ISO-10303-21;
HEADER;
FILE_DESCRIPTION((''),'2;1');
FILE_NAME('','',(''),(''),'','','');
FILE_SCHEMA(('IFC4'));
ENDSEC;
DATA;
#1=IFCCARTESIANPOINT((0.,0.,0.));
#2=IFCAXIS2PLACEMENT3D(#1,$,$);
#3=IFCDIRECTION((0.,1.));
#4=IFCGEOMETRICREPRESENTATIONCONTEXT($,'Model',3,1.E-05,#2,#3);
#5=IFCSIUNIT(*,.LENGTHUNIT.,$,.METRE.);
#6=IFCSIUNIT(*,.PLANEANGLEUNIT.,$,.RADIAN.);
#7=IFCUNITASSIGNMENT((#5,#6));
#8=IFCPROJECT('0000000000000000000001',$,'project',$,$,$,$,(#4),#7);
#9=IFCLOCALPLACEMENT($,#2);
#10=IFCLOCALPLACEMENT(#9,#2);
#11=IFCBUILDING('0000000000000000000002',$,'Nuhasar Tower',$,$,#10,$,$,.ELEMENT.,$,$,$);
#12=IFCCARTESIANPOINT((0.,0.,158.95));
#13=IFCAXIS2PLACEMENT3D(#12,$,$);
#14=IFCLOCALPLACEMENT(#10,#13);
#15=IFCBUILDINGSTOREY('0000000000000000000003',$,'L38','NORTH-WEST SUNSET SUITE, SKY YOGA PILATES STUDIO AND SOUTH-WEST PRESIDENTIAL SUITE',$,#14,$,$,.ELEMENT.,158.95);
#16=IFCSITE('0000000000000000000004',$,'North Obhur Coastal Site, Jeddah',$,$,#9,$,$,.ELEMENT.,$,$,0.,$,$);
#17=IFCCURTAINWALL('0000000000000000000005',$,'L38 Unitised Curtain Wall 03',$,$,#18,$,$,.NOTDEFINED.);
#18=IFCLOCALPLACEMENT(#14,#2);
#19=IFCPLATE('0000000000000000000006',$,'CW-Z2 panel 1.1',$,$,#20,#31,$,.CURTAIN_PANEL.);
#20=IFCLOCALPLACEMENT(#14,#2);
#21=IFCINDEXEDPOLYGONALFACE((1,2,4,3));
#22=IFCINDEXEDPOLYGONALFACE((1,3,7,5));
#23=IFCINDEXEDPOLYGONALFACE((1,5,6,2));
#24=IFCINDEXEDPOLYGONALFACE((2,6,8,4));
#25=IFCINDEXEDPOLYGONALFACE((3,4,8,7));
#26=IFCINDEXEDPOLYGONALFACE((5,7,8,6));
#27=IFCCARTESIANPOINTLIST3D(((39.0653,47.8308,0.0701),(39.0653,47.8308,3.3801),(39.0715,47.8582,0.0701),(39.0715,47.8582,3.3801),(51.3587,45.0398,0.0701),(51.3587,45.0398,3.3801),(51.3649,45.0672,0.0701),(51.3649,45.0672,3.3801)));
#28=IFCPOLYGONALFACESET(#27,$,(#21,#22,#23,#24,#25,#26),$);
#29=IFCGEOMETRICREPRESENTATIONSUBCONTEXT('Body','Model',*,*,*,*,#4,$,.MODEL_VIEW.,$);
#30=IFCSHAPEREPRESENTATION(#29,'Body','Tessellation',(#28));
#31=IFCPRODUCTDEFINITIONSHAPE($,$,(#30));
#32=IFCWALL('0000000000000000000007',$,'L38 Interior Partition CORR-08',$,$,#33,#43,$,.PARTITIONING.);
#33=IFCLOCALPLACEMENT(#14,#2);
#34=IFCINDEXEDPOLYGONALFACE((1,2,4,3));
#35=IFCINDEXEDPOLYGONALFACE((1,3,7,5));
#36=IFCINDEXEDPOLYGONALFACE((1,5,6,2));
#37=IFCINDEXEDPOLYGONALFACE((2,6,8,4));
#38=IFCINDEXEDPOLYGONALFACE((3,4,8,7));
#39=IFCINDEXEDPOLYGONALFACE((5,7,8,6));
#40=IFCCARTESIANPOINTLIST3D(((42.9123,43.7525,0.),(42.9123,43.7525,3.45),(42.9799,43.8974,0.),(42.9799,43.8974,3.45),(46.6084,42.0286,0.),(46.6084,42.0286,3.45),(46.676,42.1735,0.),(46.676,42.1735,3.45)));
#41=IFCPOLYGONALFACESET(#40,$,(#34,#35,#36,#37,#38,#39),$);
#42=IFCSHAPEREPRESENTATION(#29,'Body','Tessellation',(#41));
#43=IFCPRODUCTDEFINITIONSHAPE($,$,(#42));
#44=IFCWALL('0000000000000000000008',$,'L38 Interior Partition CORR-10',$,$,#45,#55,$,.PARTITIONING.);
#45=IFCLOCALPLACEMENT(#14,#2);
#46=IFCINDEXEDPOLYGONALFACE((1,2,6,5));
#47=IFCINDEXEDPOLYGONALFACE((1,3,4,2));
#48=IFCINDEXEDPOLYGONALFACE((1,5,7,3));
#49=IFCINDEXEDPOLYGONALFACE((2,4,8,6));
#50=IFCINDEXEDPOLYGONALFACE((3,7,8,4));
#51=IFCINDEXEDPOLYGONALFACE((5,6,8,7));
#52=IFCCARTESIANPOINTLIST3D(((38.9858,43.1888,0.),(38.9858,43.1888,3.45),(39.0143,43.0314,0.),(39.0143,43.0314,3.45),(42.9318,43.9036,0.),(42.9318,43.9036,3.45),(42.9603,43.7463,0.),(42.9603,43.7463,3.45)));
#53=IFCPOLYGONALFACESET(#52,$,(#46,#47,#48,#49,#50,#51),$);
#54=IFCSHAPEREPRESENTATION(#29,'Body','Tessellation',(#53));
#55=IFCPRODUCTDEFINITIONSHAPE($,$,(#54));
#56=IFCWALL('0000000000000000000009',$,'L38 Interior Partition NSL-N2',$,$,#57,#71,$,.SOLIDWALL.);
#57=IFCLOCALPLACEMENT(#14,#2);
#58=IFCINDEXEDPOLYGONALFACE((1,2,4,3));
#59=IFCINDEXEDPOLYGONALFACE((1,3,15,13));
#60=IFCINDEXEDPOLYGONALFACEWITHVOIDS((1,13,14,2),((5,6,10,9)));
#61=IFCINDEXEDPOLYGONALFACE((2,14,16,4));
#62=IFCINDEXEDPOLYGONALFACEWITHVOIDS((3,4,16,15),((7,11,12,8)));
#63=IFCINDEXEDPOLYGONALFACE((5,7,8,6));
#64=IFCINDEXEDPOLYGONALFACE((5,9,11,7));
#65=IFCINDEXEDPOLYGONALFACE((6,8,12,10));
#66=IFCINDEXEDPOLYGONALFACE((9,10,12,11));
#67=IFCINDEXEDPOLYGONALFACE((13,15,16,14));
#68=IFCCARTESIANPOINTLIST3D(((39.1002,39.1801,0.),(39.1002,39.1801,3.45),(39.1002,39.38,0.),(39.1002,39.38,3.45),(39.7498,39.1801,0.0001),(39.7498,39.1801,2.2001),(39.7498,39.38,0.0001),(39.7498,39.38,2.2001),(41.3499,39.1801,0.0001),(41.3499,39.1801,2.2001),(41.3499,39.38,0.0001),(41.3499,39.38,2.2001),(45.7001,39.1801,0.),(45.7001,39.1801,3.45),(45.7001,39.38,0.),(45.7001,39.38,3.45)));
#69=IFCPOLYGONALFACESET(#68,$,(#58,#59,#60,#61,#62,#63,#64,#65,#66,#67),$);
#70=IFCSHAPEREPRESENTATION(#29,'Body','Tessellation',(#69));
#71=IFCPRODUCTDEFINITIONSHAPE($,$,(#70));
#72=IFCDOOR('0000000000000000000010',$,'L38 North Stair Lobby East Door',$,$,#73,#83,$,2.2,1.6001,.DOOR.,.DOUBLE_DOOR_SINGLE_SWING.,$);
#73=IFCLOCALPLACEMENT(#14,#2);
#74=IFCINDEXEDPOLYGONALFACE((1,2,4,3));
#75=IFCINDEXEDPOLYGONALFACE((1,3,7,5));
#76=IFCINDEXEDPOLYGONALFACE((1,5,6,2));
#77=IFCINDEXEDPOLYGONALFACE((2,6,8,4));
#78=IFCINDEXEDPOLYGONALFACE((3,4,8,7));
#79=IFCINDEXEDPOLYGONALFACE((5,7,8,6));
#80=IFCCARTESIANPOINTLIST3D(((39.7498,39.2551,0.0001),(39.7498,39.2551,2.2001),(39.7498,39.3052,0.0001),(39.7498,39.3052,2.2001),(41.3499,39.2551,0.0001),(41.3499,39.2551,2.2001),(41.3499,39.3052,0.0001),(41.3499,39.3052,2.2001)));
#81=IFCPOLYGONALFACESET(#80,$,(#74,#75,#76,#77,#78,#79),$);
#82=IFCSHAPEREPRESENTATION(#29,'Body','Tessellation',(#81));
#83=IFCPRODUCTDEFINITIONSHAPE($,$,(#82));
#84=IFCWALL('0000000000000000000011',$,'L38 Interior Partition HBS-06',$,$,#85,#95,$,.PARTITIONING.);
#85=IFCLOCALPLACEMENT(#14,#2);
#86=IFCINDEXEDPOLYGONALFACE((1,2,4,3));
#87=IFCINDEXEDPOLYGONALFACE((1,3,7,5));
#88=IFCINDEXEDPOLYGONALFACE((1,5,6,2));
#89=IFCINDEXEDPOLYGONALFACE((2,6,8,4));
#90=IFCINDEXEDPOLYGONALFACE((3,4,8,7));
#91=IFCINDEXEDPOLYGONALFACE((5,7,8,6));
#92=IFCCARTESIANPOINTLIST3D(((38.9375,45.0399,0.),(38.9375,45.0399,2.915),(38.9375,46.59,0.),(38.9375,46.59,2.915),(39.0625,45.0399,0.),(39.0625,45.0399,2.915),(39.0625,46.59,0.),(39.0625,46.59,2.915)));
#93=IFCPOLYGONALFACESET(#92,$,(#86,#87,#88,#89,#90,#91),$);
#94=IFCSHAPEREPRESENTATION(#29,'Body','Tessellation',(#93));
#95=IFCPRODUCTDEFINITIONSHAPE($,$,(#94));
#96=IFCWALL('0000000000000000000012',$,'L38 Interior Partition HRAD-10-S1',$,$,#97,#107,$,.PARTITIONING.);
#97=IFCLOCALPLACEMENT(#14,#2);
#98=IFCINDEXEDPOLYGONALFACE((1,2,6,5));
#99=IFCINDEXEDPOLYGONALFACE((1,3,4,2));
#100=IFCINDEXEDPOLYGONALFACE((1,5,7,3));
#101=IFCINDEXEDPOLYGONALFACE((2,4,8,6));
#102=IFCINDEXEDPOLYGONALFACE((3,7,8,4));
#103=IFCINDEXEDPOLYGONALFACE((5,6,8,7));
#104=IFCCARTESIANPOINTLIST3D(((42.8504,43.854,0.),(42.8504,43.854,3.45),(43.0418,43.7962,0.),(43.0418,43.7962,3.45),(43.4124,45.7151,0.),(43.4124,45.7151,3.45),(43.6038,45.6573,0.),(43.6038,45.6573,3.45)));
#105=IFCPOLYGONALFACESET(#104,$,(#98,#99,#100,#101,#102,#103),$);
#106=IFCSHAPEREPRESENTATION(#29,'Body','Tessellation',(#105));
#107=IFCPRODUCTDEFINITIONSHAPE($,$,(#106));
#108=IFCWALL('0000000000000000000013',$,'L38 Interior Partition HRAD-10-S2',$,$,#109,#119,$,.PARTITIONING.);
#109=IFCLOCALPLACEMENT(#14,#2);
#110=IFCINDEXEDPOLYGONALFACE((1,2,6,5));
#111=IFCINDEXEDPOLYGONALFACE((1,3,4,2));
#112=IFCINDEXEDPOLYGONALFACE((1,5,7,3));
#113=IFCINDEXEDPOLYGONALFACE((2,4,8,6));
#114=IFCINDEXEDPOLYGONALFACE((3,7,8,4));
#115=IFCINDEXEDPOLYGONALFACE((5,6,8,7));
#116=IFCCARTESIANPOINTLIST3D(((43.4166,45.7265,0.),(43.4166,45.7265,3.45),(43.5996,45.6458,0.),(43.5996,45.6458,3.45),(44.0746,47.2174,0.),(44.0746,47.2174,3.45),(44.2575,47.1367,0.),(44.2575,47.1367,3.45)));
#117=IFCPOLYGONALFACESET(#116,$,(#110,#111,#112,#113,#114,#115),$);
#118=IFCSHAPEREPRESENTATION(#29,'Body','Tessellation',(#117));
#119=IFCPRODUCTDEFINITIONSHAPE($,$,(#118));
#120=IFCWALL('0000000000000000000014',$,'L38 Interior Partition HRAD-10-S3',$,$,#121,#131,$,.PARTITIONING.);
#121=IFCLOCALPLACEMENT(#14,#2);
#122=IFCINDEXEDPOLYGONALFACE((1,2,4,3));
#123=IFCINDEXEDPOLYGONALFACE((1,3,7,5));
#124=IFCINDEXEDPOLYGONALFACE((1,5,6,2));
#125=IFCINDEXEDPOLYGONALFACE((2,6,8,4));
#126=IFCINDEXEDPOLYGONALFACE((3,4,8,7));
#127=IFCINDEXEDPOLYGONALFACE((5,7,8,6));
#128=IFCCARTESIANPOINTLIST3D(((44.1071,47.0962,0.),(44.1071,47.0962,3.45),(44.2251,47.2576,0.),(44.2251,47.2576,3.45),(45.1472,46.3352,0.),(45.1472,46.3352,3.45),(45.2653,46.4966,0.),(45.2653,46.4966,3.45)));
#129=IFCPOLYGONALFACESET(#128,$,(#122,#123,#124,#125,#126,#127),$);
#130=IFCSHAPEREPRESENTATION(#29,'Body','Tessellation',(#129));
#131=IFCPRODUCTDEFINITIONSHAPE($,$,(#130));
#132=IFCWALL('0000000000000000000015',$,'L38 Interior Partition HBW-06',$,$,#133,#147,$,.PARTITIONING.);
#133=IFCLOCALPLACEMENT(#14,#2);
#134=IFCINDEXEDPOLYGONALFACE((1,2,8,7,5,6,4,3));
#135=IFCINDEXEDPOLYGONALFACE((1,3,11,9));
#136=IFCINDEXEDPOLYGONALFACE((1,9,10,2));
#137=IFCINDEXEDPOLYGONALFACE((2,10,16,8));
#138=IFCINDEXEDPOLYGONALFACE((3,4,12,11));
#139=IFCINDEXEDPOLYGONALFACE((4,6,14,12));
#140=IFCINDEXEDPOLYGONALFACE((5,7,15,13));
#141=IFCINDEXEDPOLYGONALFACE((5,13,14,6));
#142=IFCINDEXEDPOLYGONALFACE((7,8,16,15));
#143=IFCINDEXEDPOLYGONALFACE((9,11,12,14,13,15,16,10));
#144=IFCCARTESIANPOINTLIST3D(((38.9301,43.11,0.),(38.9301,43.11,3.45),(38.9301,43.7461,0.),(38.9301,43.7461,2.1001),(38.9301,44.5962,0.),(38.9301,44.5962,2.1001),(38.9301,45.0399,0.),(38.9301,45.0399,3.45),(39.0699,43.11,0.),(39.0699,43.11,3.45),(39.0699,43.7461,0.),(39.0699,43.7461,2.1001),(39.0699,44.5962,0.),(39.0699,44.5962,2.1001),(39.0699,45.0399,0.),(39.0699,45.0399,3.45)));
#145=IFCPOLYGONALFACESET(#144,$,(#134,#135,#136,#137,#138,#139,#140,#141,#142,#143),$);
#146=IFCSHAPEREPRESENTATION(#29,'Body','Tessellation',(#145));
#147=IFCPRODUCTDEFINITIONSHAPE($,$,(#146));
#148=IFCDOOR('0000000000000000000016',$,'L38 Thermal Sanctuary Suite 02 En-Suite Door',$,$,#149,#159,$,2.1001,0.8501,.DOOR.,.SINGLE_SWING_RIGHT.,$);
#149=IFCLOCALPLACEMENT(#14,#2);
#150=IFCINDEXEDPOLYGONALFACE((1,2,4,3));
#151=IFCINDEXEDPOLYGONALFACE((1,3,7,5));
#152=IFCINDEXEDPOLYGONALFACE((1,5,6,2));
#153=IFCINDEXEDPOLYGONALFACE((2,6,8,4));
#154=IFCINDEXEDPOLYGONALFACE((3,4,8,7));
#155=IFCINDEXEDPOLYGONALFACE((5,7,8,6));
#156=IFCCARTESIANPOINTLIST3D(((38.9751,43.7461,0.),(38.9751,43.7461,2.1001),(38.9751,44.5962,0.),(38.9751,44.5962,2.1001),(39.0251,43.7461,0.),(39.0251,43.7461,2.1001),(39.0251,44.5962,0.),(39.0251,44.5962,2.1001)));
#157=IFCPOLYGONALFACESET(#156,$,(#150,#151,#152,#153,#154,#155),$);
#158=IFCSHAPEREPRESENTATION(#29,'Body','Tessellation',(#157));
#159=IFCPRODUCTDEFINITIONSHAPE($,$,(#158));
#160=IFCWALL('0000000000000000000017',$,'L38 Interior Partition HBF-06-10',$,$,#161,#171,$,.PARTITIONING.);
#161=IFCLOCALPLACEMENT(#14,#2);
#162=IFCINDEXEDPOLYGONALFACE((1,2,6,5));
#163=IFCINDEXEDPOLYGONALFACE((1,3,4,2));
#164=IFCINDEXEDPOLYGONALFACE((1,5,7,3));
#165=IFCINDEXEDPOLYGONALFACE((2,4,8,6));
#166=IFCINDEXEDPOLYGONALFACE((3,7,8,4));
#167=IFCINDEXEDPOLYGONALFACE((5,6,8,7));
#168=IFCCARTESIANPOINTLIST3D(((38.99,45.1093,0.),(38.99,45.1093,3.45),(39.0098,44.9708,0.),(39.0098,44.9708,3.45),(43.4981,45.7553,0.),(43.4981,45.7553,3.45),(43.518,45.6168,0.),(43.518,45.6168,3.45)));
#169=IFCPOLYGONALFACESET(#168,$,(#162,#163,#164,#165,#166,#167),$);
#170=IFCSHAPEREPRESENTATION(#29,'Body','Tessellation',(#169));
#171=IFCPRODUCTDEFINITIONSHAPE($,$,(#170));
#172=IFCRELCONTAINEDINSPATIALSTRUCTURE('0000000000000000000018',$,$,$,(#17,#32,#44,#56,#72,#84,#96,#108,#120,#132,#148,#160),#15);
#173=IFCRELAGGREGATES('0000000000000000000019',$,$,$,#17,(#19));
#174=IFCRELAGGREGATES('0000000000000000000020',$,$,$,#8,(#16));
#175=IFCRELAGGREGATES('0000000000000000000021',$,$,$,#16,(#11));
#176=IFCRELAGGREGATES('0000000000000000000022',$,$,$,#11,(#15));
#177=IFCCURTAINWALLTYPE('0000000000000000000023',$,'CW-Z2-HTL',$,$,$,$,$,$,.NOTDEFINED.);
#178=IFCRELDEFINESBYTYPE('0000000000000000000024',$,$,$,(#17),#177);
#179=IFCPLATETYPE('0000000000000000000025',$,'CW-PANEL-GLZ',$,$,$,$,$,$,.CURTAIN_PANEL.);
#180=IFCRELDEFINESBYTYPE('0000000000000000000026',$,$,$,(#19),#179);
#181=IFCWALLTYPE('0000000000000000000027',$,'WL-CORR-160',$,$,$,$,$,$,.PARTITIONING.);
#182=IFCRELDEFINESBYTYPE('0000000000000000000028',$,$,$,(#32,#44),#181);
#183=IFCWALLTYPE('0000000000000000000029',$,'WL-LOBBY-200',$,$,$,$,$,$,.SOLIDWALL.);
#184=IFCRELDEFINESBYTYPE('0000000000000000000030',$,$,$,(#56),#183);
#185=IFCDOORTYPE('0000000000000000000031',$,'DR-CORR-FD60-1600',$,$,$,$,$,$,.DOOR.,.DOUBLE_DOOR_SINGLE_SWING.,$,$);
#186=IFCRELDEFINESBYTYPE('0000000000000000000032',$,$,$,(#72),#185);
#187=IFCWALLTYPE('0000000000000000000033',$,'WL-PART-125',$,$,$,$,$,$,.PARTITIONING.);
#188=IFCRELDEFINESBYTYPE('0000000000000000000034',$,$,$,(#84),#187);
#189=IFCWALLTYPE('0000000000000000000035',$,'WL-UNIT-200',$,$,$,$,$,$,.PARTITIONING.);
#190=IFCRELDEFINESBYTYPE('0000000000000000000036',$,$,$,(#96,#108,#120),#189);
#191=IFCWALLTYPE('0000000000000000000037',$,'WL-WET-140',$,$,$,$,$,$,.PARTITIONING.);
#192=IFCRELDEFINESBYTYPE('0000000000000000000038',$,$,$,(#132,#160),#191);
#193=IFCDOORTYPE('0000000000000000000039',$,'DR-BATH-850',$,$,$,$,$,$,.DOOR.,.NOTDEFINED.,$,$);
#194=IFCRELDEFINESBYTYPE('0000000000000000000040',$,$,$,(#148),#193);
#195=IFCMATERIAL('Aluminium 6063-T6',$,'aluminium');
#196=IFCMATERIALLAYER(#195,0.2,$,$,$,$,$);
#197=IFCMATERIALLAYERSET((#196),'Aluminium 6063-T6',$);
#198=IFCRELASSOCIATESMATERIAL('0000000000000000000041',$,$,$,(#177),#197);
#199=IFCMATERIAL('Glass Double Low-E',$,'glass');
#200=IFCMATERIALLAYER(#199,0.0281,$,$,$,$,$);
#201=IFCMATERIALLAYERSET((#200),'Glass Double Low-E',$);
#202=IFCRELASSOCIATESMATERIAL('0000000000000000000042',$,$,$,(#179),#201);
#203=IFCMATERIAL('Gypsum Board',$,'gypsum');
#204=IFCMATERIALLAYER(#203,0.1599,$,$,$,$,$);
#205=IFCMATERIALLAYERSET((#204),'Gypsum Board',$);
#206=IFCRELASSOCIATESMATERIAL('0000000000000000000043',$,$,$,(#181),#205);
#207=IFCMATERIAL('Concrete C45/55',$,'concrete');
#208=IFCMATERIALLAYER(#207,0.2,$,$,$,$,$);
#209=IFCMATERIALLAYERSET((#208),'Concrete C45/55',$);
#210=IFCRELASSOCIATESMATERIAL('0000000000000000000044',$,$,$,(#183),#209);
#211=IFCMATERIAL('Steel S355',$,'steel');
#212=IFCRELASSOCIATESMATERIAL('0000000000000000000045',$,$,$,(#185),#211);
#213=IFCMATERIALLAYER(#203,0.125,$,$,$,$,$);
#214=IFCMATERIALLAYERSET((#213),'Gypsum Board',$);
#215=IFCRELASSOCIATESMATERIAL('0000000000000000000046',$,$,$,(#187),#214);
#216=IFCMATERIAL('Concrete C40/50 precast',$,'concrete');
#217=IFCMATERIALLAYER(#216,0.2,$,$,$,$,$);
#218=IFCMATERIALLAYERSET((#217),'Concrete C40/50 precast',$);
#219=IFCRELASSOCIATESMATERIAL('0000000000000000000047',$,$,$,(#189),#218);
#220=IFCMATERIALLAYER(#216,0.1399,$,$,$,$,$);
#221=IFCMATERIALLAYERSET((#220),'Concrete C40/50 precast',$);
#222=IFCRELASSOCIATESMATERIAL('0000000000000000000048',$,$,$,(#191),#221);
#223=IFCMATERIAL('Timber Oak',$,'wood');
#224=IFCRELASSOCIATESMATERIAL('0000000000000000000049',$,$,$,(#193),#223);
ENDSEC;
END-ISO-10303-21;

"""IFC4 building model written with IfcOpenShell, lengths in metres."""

from ifc_helpers import new_model, si_unit, direction, frame, frame_2d, origin, origin_2d, place, context, subcontext, project, spatial, rectangle, extrude, material, layer, layer_set, type_object, element, fill, aggregate, save


model = new_model("IFC4")

# Units and contexts
model_context = context("Model", 3, precision=1e-05, world=origin(), true_north=direction((0.0, 1.0)))
body_context = subcontext(model_context, "Body", "Model", "MODEL_VIEW")
ifc_project = project(units=[si_unit("LENGTHUNIT", "METRE"), si_unit("PLANEANGLEUNIT", "RADIAN")], contexts=[model_context])

# Site, building, storey
site_placement = place(None, origin())
site = spatial("IfcSite", under=ifc_project, at=site_placement, Name="North Obhur Coastal Site, Jeddah", CompositionType="ELEMENT", RefElevation=0.0)
building_placement = place(site_placement, origin())
building = spatial("IfcBuilding", under=site, at=building_placement, Name="Nuhasar Tower", CompositionType="ELEMENT")
storey_placement = place(building_placement, frame((0.0, 0.0, 158.95)))
storey = spatial("IfcBuildingStorey", under=building, at=storey_placement, Name="L38", Description="NORTH-WEST SUNSET SUITE, SKY YOGA PILATES STUDIO AND SOUTH-WEST PRESIDENTIAL SUITE", CompositionType="ELEMENT", Elevation=158.95)

# Shared definitions
ifc_material_1 = material(Name="Steel S355", Category="steel")

# Curtain wall
ifc_material_2 = material(Name="Aluminium 6063-T6", Category="aluminium")
ifc_layer_1 = layer(ifc_material_2, 0.2)
ifc_layer_set_1 = layer_set([ifc_layer_1], Name="Aluminium 6063-T6")
curtain_wall_type = type_object("IfcCurtainWallType", Name="CW-Z2-HTL", PredefinedType="NOTDEFINED", material=ifc_layer_set_1)
curtain_wall_1_placement = place(storey_placement, origin())
curtain_wall_1 = element("IfcCurtainWall", 1, at=curtain_wall_1_placement, inside=storey, type_object=curtain_wall_type, Name="L38 Unitised Curtain Wall 03", PredefinedType="NOTDEFINED")

# Plate
ifc_material_3 = material(Name="Glass Double Low-E", Category="glass")
ifc_layer_2 = layer(ifc_material_3, 0.0281)
ifc_layer_set_2 = layer_set([ifc_layer_2], Name="Glass Double Low-E")
plate_type = type_object("IfcPlateType", Name="CW-PANEL-GLZ", PredefinedType="CURTAIN_PANEL", material=ifc_layer_set_2)
plate_placement = place(storey_placement, frame((45.2151, 46.449, 0.0701), z_axis=(0.0, 0.0, 1.0), x_axis=(-0.975184, 0.221397, 0.0)))
plate = element("IfcPlate", 2, at=plate_placement, type_object=plate_type, Name="CW-Z2 panel 1.1", PredefinedType="CURTAIN_PANEL", context=body_context, shape_type="SweptSolid", body=[
    extrude(rectangle(XDim=12.6062, YDim=0.0281, at=origin_2d()), origin(), (0.0, 0.0, 1.0), 3.3101),
])
aggregate(curtain_wall_1, [plate])

# Shared definitions
ifc_material_4 = material(Name="Gypsum Board", Category="gypsum")
ifc_layer_3 = layer(ifc_material_4, 0.1599)
ifc_layer_set_3 = layer_set([ifc_layer_3], Name="Gypsum Board")
wall_type_1 = type_object("IfcWallType", Name="WL-CORR-160", PredefinedType="PARTITIONING", material=ifc_layer_set_3)
ifc_material_5 = material(Name="Timber Oak", Category="wood")

# Walls
wall_1_placement = place(storey_placement, frame((46.6421, 42.1011, 0.0), z_axis=(0.0, 0.0, 1.0), x_axis=(-0.906272, 0.422695, 0.0)))
element("IfcWall", 3, at=wall_1_placement, inside=storey, type_object=wall_type_1, Name="L38 Interior Partition CORR-08", PredefinedType="PARTITIONING", context=body_context, shape_type="SweptSolid", body=[
    extrude(rectangle(XDim=4.0784, YDim=0.1599, at=frame_2d((2.0391, 0.0))), origin(), (0.0, 0.0, 1.0), 3.45),
])
wall_2_placement = place(storey_placement, frame((42.946, 43.825, 0.0), z_axis=(0.0, 0.0, 1.0), x_axis=(-0.983985, -0.178253, 0.0)))
element("IfcWall", 4, at=wall_2_placement, inside=storey, type_object=wall_type_1, Name="L38 Interior Partition CORR-10", PredefinedType="PARTITIONING", context=body_context, shape_type="SweptSolid", body=[
    extrude(rectangle(XDim=4.0103, YDim=0.1599, at=frame_2d((2.0051, 0.0))), origin(), (0.0, 0.0, 1.0), 3.45),
])

# Wall, opening, door
ifc_material_6 = material(Name="Concrete C45/55", Category="concrete")
ifc_layer_4 = layer(ifc_material_6, 0.2)
ifc_layer_set_4 = layer_set([ifc_layer_4], Name="Concrete C45/55")
wall_type_2 = type_object("IfcWallType", Name="WL-LOBBY-200", PredefinedType="SOLIDWALL", material=ifc_layer_set_4)
wall_3_placement = place(storey_placement, frame((45.7, 39.28, 0.0), z_axis=(0.0, 0.0, 1.0), x_axis=(-1.0, 0.0, 0.0)))
wall_3 = element("IfcWall", 5, at=wall_3_placement, inside=storey, type_object=wall_type_2, Name="L38 Interior Partition NSL-N2", PredefinedType="SOLIDWALL", context=body_context, shape_type="SweptSolid", body=[
    extrude(rectangle(XDim=6.5999, YDim=0.2, at=frame_2d((3.2998, 0.0))), origin(), (0.0, 0.0, 1.0), 3.45),
])
opening_1_placement = place(wall_3_placement, frame((4.3501, 0.0, 0.0)))
opening_1 = element("IfcOpeningElement", 6, at=opening_1_placement, cuts=wall_3, PredefinedType="OPENING", context=body_context, shape_type="SweptSolid", body=[
    extrude(rectangle(XDim=1.6001, YDim=2.2, at=frame_2d((0.8, 1.1001))), frame((0.0, 0.1099, 0.0), z_axis=(0.0, -1.0, 0.0), x_axis=(1.0, 0.0, 0.0)), (0.0, 0.0, 1.0), 0.22),
])
door_type_1 = type_object("IfcDoorType", Name="DR-CORR-FD60-1600", OperationType="DOUBLE_DOOR_SINGLE_SWING", PredefinedType="DOOR", material=ifc_material_1)
door_1_placement = place(opening_1_placement, origin())
door_1 = element("IfcDoor", 7, at=door_1_placement, inside=storey, type_object=door_type_1, Name="L38 North Stair Lobby East Door", OperationType="DOUBLE_DOOR_SINGLE_SWING", OverallHeight=2.2, OverallWidth=1.6001, PredefinedType="DOOR", context=body_context, shape_type="SweptSolid", body=[
    extrude(rectangle(XDim=1.6001, YDim=2.2, at=frame_2d((0.8, 1.1001))), frame((0.0, 0.0249, 0.0), z_axis=(0.0, -1.0, 0.0), x_axis=(1.0, 0.0, 0.0)), (0.0, 0.0, 1.0), 0.05),
])
fill(opening_1, door_1)

# Walls
ifc_layer_5 = layer(ifc_material_4, 0.125)
ifc_layer_set_5 = layer_set([ifc_layer_5], Name="Gypsum Board")
wall_type_3 = type_object("IfcWallType", Name="WL-PART-125", PredefinedType="PARTITIONING", material=ifc_layer_set_5)
wall_4_placement = place(storey_placement, frame((39.0, 45.04, 0.0), z_axis=(0.0, 0.0, 1.0), x_axis=(0.0, 1.0, 0.0)))
element("IfcWall", 8, at=wall_4_placement, inside=storey, type_object=wall_type_3, Name="L38 Interior Partition HBS-06", PredefinedType="PARTITIONING", context=body_context, shape_type="SweptSolid", body=[
    extrude(rectangle(XDim=1.55, YDim=0.125, at=frame_2d((0.7749, 0.0))), origin(), (0.0, 0.0, 1.0), 2.915),
])
ifc_material_7 = material(Name="Concrete C40/50 precast", Category="concrete")
ifc_layer_6 = layer(ifc_material_7, 0.2)
ifc_layer_set_6 = layer_set([ifc_layer_6], Name="Concrete C40/50 precast")
wall_type_4 = type_object("IfcWallType", Name="WL-UNIT-200", PredefinedType="PARTITIONING", material=ifc_layer_set_6)
wall_5_placement = place(storey_placement, frame((42.946, 43.825, 0.0), z_axis=(0.0, 0.0, 1.0), x_axis=(0.289087, 0.957303, 0.0)))
element("IfcWall", 9, at=wall_5_placement, inside=storey, type_object=wall_type_4, Name="L38 Interior Partition HRAD-10-S1", PredefinedType="PARTITIONING", context=body_context, shape_type="SweptSolid", body=[
    extrude(rectangle(XDim=1.9441, YDim=0.2, at=frame_2d((0.9722, 0.0))), origin(), (0.0, 0.0, 1.0), 3.45),
])
wall_6_placement = place(storey_placement, frame((43.5081, 45.686, 0.0), z_axis=(0.0, 0.0, 1.0), x_axis=(0.403732, 0.914877, 0.0)))
element("IfcWall", 10, at=wall_6_placement, inside=storey, type_object=wall_type_4, Name="L38 Interior Partition HRAD-10-S2", PredefinedType="PARTITIONING", context=body_context, shape_type="SweptSolid", body=[
    extrude(rectangle(XDim=1.6296, YDim=0.2, at=frame_2d((0.8149, 0.0))), origin(), (0.0, 0.0, 1.0), 3.45),
])
wall_7_placement = place(storey_placement, frame((44.166, 47.177, 0.0), z_axis=(0.0, 0.0, 1.0), x_axis=(0.807037, -0.590501, 0.0)))
element("IfcWall", 11, at=wall_7_placement, inside=storey, type_object=wall_type_4, Name="L38 Interior Partition HRAD-10-S3", PredefinedType="PARTITIONING", context=body_context, shape_type="SweptSolid", body=[
    extrude(rectangle(XDim=1.2888, YDim=0.2, at=frame_2d((0.6445, 0.0))), origin(), (0.0, 0.0, 1.0), 3.45),
])

# Wall, opening, door
ifc_layer_7 = layer(ifc_material_7, 0.1399)
ifc_layer_set_7 = layer_set([ifc_layer_7], Name="Concrete C40/50 precast")
wall_type_5 = type_object("IfcWallType", Name="WL-WET-140", PredefinedType="PARTITIONING", material=ifc_layer_set_7)
wall_8_placement = place(storey_placement, frame((39.0, 43.1101, 0.0), z_axis=(0.0, 0.0, 1.0), x_axis=(0.0, 1.0, 0.0)))
wall_8 = element("IfcWall", 12, at=wall_8_placement, inside=storey, type_object=wall_type_5, Name="L38 Interior Partition HBW-06", PredefinedType="PARTITIONING", context=body_context, shape_type="SweptSolid", body=[
    extrude(rectangle(XDim=1.9299, YDim=0.1399, at=frame_2d((0.9648, 0.0))), origin(), (0.0, 0.0, 1.0), 3.45),
])
opening_2_placement = place(wall_8_placement, frame((0.636, 0.0, 0.0)))
opening_2 = element("IfcOpeningElement", 13, at=opening_2_placement, cuts=wall_8, PredefinedType="OPENING", context=body_context, shape_type="SweptSolid", body=[
    extrude(rectangle(XDim=0.8501, YDim=2.1001, at=frame_2d((0.425, 1.05))), frame((0.0, 0.0801, 0.0), z_axis=(0.0, -1.0, 0.0), x_axis=(1.0, 0.0, 0.0)), (0.0, 0.0, 1.0), 0.1599),
])
door_type_2 = type_object("IfcDoorType", Name="DR-BATH-850", OperationType="NOTDEFINED", PredefinedType="DOOR", material=ifc_material_5)
door_2_placement = place(opening_2_placement, origin())
door_2 = element("IfcDoor", 14, at=door_2_placement, inside=storey, type_object=door_type_2, Name="L38 Thermal Sanctuary Suite 02 En-Suite Door", OperationType="SINGLE_SWING_RIGHT", OverallHeight=2.1001, OverallWidth=0.8501, PredefinedType="DOOR", context=body_context, shape_type="SweptSolid", body=[
    extrude(rectangle(XDim=0.8501, YDim=2.1001, at=frame_2d((0.425, 1.05))), frame((0.0, 0.0249, 0.0), z_axis=(0.0, -1.0, 0.0), x_axis=(1.0, 0.0, 0.0)), (0.0, 0.0, 1.0), 0.05),
])
fill(opening_2, door_2)

# Wall
wall_9_placement = place(storey_placement, frame((43.5081, 45.686, 0.0), z_axis=(0.0, 0.0, 1.0), x_axis=(-0.989888, -0.141849, 0.0)))
element("IfcWall", 15, at=wall_9_placement, inside=storey, type_object=wall_type_5, Name="L38 Interior Partition HBF-06-10", PredefinedType="PARTITIONING", context=body_context, shape_type="SweptSolid", body=[
    extrude(rectangle(XDim=4.5542, YDim=0.1399, at=frame_2d((2.2771, 0.0))), origin(), (0.0, 0.0, 1.0), 3.45),
])

save(model, "model.ifc")
